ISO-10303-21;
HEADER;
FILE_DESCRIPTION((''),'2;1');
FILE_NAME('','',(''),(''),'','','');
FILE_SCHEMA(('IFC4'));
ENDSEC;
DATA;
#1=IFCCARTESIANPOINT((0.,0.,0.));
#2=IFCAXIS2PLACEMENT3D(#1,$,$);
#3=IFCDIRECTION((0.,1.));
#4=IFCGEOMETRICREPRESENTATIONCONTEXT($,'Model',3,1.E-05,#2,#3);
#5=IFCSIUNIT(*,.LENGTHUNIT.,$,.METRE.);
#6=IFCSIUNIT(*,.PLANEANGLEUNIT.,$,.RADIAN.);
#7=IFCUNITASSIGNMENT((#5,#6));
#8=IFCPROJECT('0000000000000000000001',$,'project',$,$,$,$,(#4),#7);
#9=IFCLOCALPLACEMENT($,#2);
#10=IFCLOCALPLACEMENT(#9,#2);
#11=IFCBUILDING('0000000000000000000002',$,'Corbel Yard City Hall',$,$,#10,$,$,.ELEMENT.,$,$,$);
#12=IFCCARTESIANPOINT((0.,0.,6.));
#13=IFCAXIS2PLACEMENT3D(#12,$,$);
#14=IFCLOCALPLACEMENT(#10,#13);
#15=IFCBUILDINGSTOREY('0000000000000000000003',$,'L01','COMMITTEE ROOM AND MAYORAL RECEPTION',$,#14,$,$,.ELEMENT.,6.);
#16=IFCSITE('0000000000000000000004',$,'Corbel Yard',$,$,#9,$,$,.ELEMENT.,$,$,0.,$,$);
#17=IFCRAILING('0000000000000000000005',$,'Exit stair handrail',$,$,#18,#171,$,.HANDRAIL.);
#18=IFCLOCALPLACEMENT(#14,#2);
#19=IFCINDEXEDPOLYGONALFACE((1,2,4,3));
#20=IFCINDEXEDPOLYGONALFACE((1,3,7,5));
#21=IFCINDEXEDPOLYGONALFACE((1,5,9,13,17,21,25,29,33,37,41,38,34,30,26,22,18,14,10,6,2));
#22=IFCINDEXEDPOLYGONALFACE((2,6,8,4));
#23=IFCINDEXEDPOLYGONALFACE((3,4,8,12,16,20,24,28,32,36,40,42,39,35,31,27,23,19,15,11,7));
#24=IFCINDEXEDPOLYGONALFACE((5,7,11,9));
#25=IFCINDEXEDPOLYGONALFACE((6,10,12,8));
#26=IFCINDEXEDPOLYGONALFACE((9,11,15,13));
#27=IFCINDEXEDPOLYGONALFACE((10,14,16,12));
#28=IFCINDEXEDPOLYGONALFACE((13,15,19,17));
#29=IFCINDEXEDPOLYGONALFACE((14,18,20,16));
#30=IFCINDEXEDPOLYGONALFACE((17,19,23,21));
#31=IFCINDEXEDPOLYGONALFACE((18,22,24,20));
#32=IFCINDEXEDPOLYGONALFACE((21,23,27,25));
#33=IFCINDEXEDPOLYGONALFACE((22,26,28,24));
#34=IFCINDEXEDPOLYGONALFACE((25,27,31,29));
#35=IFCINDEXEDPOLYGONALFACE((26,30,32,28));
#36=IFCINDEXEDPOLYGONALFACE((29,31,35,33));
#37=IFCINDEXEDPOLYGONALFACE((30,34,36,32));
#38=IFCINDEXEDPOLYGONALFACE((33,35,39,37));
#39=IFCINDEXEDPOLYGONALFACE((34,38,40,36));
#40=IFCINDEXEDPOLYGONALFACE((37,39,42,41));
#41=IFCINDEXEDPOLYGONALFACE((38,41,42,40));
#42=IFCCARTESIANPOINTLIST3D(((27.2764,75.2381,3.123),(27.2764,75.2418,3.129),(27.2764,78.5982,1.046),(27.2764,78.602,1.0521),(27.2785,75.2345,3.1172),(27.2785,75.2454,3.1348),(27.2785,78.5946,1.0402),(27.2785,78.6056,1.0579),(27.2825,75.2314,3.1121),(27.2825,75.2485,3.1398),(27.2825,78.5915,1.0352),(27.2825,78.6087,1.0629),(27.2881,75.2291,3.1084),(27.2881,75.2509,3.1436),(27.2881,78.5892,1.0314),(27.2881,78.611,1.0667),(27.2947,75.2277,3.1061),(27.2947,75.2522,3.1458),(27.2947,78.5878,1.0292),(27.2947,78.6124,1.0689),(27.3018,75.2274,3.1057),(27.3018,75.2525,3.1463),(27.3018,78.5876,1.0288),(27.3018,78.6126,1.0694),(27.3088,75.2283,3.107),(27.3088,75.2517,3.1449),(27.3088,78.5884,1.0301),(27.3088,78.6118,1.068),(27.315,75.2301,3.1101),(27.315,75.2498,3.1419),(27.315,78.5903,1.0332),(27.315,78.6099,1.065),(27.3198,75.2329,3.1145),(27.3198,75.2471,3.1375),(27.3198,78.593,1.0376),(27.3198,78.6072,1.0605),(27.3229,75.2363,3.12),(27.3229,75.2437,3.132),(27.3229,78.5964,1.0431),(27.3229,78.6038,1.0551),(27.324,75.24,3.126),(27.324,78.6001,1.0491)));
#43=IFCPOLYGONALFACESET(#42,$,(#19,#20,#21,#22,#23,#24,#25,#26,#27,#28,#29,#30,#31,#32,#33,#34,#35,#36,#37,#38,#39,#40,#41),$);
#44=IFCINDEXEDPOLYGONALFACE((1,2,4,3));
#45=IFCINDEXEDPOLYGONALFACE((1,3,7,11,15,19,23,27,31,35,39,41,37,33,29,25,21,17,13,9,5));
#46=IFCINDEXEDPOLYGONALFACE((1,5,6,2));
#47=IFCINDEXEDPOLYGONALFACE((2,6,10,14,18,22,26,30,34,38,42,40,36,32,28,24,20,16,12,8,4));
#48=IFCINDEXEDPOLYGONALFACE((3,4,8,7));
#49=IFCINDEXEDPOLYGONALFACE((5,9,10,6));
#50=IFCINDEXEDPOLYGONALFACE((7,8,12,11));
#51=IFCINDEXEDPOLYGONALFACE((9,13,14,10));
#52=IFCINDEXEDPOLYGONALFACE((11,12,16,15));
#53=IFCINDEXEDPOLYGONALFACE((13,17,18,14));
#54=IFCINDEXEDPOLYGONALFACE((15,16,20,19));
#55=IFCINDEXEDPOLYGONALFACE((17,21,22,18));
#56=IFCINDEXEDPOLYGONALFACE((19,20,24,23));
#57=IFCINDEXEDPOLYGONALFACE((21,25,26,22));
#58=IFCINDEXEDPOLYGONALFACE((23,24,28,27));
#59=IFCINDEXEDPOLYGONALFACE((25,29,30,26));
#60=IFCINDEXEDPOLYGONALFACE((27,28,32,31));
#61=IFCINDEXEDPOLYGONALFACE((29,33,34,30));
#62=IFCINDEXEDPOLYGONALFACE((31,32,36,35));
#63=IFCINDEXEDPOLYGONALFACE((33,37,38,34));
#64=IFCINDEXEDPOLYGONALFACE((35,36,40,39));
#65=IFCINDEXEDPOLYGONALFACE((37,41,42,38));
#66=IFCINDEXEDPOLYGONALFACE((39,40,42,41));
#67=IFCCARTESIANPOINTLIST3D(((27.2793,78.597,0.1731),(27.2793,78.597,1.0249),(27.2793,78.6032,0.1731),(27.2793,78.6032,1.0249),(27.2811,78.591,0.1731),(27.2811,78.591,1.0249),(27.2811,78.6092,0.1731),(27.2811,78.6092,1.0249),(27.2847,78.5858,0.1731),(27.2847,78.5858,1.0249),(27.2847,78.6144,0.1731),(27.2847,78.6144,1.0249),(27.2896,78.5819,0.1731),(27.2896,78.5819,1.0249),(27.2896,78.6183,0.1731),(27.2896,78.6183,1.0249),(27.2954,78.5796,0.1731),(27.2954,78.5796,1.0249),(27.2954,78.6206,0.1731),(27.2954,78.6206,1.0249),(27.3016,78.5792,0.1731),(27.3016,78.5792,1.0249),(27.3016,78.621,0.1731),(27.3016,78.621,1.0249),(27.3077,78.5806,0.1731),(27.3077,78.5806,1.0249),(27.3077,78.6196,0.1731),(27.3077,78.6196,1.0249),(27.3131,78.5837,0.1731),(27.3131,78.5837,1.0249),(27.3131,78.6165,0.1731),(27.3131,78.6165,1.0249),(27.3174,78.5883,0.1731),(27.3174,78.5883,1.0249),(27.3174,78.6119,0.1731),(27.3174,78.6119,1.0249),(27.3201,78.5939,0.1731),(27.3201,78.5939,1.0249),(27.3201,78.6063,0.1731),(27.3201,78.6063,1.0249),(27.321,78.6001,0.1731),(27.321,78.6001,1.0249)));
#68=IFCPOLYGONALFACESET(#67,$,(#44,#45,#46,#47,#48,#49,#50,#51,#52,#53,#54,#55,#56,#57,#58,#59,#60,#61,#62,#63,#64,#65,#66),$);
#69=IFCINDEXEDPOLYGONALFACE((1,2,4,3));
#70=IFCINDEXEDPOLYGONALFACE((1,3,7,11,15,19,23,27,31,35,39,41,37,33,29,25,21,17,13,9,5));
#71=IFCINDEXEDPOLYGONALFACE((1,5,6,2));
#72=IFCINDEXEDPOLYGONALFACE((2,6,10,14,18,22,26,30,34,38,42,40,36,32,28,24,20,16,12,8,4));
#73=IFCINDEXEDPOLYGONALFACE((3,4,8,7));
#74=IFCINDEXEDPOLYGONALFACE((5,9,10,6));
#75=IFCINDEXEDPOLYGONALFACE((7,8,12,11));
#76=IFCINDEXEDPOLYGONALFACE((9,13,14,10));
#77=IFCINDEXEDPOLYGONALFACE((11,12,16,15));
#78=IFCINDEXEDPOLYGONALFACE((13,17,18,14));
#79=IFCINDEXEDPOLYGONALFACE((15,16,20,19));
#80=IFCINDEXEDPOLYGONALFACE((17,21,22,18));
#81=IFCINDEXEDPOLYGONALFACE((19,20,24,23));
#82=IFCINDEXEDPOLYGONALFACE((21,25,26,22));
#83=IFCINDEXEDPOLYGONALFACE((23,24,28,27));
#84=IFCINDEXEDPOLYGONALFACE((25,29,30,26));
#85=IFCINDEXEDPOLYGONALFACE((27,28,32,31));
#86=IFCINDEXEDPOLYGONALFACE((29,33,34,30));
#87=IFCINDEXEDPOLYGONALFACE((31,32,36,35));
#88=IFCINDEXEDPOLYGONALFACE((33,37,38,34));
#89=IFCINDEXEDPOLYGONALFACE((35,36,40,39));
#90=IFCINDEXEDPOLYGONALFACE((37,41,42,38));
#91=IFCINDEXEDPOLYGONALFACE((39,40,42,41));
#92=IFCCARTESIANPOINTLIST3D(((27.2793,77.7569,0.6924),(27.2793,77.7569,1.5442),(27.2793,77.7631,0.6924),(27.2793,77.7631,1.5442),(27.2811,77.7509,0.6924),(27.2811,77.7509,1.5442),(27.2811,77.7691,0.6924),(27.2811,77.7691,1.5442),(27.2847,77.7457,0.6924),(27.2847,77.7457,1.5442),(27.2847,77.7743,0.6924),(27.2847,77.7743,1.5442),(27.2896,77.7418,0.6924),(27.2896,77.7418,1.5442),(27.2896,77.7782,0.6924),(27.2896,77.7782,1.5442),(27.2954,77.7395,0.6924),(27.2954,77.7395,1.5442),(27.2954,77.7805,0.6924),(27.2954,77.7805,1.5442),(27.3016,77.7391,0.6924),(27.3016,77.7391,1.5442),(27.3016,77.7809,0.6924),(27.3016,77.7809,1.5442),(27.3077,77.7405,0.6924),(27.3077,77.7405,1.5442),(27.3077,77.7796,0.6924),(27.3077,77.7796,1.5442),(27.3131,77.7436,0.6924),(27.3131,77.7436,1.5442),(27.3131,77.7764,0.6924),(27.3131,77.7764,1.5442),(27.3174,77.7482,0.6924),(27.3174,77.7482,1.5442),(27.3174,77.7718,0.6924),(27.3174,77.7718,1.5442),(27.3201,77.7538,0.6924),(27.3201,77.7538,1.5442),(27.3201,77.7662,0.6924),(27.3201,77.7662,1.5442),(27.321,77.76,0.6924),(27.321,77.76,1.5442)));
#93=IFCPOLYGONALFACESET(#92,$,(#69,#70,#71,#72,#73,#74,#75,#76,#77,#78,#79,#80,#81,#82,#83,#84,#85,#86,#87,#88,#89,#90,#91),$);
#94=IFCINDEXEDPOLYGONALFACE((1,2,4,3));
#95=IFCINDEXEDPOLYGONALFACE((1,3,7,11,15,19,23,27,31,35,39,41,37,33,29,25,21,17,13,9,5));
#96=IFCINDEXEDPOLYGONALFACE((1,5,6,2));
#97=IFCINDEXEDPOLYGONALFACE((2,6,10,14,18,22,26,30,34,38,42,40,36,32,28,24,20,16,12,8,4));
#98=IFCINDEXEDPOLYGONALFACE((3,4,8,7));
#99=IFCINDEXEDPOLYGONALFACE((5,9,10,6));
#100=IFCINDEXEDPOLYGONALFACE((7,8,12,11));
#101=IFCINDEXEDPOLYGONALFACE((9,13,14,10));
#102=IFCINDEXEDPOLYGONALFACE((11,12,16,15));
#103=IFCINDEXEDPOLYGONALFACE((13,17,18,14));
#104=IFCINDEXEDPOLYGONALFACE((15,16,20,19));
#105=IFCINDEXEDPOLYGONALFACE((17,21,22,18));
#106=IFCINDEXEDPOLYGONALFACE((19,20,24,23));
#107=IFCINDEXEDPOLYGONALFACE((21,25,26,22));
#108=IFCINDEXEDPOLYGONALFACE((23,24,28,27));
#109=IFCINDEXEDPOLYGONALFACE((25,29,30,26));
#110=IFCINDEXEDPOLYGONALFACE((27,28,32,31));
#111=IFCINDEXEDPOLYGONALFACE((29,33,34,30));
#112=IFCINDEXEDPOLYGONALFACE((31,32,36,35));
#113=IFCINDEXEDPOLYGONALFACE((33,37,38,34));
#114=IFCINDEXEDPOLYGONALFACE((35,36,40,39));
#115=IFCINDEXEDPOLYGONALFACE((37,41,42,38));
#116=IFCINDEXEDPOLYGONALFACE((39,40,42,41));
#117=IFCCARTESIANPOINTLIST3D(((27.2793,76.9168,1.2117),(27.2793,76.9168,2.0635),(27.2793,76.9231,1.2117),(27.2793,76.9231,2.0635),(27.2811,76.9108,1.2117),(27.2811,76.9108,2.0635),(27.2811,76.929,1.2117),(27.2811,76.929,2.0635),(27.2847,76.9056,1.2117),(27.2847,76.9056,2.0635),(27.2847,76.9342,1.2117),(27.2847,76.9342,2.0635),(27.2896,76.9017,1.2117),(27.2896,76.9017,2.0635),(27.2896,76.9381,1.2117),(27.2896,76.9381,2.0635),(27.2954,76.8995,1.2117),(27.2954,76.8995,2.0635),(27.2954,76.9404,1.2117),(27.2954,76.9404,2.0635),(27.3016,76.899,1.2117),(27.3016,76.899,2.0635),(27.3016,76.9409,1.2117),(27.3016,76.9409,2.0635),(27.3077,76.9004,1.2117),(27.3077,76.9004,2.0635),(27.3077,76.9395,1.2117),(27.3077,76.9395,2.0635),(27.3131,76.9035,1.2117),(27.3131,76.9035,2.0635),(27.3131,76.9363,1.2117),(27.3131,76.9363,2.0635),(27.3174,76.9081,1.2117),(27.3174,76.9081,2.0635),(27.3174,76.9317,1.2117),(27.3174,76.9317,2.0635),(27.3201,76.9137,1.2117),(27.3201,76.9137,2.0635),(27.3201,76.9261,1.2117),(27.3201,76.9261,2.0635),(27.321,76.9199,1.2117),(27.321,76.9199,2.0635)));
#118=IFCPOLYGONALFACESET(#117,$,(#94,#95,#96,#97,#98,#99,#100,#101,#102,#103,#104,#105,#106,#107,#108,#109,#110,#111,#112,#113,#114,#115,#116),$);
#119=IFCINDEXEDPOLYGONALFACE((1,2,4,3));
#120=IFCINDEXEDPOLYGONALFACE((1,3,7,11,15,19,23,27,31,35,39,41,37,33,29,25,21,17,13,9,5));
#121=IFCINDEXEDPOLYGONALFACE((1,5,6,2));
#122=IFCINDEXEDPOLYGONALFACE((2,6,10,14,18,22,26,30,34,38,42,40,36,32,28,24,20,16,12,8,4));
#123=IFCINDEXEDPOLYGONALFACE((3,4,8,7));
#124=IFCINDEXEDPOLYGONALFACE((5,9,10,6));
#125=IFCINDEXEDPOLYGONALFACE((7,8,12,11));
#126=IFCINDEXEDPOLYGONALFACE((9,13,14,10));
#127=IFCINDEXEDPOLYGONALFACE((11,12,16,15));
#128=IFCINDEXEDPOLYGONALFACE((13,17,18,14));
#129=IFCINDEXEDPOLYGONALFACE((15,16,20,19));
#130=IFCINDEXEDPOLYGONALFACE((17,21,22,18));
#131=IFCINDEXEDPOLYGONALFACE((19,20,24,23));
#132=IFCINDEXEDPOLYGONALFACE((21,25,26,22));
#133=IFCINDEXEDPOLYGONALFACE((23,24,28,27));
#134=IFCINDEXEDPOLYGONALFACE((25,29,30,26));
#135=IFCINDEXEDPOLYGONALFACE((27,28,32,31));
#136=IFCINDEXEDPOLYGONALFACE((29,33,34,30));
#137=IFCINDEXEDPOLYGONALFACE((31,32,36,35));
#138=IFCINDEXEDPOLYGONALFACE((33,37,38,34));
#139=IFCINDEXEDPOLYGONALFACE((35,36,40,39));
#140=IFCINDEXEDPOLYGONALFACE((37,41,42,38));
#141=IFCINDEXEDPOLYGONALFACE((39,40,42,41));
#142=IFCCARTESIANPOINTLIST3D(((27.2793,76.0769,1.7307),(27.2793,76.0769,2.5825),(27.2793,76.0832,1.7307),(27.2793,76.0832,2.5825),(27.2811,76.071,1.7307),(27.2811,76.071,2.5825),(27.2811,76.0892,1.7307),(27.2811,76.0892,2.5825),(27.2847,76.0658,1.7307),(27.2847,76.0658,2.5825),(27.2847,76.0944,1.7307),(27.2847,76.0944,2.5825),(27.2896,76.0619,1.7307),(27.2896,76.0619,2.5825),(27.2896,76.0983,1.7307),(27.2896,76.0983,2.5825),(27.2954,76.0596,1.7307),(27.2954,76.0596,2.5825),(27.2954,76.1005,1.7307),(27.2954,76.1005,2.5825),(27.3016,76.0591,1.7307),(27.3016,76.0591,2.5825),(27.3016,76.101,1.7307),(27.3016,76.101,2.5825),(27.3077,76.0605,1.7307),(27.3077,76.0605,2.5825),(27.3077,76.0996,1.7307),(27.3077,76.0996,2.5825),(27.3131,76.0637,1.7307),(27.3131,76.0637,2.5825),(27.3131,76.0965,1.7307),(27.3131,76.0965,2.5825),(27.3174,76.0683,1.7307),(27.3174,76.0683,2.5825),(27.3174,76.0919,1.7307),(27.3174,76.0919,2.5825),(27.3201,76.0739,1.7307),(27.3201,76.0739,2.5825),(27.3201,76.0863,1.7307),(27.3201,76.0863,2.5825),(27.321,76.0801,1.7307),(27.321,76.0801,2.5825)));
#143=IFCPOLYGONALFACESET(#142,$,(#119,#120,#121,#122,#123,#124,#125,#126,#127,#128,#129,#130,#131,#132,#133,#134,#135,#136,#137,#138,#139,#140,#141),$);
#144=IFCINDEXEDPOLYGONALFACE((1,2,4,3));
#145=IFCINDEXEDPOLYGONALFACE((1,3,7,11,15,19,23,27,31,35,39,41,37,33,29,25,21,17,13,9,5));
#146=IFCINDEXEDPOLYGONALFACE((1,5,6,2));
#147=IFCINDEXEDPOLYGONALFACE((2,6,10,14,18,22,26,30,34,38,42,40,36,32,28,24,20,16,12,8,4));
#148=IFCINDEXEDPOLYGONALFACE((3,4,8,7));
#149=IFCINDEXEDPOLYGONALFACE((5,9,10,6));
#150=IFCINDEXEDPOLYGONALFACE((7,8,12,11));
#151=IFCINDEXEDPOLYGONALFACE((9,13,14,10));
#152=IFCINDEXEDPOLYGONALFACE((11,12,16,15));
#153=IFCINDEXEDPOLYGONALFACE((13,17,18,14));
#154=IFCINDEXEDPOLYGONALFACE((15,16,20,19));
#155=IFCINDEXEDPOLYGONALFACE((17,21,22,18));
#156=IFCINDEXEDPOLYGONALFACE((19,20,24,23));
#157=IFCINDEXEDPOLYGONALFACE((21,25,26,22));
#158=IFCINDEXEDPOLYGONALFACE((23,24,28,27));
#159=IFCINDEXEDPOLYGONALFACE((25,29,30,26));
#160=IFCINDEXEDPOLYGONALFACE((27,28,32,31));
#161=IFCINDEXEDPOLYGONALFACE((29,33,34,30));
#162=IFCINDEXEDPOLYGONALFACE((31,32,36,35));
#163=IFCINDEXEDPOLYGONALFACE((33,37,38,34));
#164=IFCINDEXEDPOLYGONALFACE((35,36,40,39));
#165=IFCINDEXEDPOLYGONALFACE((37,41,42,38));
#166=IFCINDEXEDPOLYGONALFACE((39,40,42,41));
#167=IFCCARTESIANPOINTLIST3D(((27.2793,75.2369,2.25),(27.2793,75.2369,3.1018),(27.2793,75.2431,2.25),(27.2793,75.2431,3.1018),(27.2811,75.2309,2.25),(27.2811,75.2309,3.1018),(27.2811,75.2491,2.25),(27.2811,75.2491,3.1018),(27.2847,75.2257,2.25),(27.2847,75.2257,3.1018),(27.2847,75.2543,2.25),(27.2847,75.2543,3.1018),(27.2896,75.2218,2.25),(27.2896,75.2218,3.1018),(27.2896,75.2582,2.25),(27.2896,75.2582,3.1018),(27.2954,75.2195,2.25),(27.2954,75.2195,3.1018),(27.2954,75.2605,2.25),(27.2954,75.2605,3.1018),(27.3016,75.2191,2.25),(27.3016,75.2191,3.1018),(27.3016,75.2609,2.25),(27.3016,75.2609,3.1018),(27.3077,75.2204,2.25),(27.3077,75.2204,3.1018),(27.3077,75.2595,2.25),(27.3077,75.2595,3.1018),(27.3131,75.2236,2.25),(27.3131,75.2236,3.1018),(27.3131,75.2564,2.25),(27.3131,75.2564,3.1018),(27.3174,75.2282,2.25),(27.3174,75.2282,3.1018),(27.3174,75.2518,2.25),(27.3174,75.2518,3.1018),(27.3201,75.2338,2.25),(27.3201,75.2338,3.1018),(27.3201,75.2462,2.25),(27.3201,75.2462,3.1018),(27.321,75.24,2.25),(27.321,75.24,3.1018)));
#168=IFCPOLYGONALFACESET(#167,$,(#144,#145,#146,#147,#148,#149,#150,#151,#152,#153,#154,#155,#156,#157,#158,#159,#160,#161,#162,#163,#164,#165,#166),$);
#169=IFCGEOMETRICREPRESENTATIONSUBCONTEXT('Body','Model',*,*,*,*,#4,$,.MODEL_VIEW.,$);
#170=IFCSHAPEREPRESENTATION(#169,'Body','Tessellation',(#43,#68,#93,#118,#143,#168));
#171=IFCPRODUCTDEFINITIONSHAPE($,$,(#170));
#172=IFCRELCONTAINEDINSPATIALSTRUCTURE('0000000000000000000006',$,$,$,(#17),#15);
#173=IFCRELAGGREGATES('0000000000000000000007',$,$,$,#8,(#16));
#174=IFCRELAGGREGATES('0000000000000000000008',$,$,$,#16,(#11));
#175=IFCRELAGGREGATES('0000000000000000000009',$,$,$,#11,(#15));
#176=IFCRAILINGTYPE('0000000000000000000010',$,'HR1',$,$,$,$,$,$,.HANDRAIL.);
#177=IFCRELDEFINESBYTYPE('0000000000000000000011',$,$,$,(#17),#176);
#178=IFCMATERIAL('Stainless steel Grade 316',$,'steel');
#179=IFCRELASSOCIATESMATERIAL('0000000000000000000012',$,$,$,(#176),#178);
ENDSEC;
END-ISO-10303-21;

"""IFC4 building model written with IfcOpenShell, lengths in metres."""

from ifc_helpers import new_model, si_unit, direction, frame, origin, origin_2d, place, context, subcontext, project, spatial, circle, extrude, material, type_object, element, save


model = new_model("IFC4")

# Units and contexts
model_context = context("Model", 3, precision=1e-05, world=origin(), true_north=direction((0.0, 1.0)))
body_context = subcontext(model_context, "Body", "Model", "MODEL_VIEW")
ifc_project = project(units=[si_unit("LENGTHUNIT", "METRE"), si_unit("PLANEANGLEUNIT", "RADIAN")], contexts=[model_context])

# Site, building, storey
site_placement = place(None, origin())
site = spatial("IfcSite", under=ifc_project, at=site_placement, Name="Corbel Yard", CompositionType="ELEMENT", RefElevation=0.0)
building_placement = place(site_placement, origin())
building = spatial("IfcBuilding", under=site, at=building_placement, Name="Corbel Yard City Hall", CompositionType="ELEMENT")
storey_placement = place(building_placement, frame((0.0, 0.0, 6.0)))
storey = spatial("IfcBuildingStorey", under=building, at=storey_placement, Name="L01", Description="COMMITTEE ROOM AND MAYORAL RECEPTION", CompositionType="ELEMENT", Elevation=6.0)

# Shared definitions
ifc_material_1 = material(Name="Stainless steel Grade 316", Category="steel")

# Railing
railing_type_1 = type_object("IfcRailingType", Name="HR1", PredefinedType="HANDRAIL", material=ifc_material_1)
for number, where, name in (
    (1, (27.3, 78.6001, 0.1731), "Exit stair handrail"),
):
    element("IfcRailing", number, at=place(storey_placement, frame(where)), inside=storey, type_object=railing_type_1, Name=name, PredefinedType="HANDRAIL", context=body_context, shape_type="SweptSolid", body=[
        extrude(circle(Radius=0.0239, at=origin_2d()), frame((0.0, 0.0, 0.876), z_axis=(0.0, -0.850623, 0.525776), x_axis=(1.0, 0.0, 0.0)), (0.0, 0.0, 1.0), 3.9502),
        extrude(circle(Radius=0.021, at=origin_2d()), origin(), (0.0, 0.0, 1.0), 0.8518),
        extrude(circle(Radius=0.021, at=origin_2d()), frame((0.0, -0.8401, 0.5193)), (0.0, 0.0, 1.0), 0.8518),
        extrude(circle(Radius=0.021, at=origin_2d()), frame((0.0, -1.6802, 1.0386)), (0.0, 0.0, 1.0), 0.8518),
        extrude(circle(Radius=0.021, at=origin_2d()), frame((0.0, -2.52, 1.5576)), (0.0, 0.0, 1.0), 0.8518),
        extrude(circle(Radius=0.021, at=origin_2d()), frame((0.0, -3.3601, 2.0769)), (0.0, 0.0, 1.0), 0.8518),
    ])

save(model, "model.ifc")
